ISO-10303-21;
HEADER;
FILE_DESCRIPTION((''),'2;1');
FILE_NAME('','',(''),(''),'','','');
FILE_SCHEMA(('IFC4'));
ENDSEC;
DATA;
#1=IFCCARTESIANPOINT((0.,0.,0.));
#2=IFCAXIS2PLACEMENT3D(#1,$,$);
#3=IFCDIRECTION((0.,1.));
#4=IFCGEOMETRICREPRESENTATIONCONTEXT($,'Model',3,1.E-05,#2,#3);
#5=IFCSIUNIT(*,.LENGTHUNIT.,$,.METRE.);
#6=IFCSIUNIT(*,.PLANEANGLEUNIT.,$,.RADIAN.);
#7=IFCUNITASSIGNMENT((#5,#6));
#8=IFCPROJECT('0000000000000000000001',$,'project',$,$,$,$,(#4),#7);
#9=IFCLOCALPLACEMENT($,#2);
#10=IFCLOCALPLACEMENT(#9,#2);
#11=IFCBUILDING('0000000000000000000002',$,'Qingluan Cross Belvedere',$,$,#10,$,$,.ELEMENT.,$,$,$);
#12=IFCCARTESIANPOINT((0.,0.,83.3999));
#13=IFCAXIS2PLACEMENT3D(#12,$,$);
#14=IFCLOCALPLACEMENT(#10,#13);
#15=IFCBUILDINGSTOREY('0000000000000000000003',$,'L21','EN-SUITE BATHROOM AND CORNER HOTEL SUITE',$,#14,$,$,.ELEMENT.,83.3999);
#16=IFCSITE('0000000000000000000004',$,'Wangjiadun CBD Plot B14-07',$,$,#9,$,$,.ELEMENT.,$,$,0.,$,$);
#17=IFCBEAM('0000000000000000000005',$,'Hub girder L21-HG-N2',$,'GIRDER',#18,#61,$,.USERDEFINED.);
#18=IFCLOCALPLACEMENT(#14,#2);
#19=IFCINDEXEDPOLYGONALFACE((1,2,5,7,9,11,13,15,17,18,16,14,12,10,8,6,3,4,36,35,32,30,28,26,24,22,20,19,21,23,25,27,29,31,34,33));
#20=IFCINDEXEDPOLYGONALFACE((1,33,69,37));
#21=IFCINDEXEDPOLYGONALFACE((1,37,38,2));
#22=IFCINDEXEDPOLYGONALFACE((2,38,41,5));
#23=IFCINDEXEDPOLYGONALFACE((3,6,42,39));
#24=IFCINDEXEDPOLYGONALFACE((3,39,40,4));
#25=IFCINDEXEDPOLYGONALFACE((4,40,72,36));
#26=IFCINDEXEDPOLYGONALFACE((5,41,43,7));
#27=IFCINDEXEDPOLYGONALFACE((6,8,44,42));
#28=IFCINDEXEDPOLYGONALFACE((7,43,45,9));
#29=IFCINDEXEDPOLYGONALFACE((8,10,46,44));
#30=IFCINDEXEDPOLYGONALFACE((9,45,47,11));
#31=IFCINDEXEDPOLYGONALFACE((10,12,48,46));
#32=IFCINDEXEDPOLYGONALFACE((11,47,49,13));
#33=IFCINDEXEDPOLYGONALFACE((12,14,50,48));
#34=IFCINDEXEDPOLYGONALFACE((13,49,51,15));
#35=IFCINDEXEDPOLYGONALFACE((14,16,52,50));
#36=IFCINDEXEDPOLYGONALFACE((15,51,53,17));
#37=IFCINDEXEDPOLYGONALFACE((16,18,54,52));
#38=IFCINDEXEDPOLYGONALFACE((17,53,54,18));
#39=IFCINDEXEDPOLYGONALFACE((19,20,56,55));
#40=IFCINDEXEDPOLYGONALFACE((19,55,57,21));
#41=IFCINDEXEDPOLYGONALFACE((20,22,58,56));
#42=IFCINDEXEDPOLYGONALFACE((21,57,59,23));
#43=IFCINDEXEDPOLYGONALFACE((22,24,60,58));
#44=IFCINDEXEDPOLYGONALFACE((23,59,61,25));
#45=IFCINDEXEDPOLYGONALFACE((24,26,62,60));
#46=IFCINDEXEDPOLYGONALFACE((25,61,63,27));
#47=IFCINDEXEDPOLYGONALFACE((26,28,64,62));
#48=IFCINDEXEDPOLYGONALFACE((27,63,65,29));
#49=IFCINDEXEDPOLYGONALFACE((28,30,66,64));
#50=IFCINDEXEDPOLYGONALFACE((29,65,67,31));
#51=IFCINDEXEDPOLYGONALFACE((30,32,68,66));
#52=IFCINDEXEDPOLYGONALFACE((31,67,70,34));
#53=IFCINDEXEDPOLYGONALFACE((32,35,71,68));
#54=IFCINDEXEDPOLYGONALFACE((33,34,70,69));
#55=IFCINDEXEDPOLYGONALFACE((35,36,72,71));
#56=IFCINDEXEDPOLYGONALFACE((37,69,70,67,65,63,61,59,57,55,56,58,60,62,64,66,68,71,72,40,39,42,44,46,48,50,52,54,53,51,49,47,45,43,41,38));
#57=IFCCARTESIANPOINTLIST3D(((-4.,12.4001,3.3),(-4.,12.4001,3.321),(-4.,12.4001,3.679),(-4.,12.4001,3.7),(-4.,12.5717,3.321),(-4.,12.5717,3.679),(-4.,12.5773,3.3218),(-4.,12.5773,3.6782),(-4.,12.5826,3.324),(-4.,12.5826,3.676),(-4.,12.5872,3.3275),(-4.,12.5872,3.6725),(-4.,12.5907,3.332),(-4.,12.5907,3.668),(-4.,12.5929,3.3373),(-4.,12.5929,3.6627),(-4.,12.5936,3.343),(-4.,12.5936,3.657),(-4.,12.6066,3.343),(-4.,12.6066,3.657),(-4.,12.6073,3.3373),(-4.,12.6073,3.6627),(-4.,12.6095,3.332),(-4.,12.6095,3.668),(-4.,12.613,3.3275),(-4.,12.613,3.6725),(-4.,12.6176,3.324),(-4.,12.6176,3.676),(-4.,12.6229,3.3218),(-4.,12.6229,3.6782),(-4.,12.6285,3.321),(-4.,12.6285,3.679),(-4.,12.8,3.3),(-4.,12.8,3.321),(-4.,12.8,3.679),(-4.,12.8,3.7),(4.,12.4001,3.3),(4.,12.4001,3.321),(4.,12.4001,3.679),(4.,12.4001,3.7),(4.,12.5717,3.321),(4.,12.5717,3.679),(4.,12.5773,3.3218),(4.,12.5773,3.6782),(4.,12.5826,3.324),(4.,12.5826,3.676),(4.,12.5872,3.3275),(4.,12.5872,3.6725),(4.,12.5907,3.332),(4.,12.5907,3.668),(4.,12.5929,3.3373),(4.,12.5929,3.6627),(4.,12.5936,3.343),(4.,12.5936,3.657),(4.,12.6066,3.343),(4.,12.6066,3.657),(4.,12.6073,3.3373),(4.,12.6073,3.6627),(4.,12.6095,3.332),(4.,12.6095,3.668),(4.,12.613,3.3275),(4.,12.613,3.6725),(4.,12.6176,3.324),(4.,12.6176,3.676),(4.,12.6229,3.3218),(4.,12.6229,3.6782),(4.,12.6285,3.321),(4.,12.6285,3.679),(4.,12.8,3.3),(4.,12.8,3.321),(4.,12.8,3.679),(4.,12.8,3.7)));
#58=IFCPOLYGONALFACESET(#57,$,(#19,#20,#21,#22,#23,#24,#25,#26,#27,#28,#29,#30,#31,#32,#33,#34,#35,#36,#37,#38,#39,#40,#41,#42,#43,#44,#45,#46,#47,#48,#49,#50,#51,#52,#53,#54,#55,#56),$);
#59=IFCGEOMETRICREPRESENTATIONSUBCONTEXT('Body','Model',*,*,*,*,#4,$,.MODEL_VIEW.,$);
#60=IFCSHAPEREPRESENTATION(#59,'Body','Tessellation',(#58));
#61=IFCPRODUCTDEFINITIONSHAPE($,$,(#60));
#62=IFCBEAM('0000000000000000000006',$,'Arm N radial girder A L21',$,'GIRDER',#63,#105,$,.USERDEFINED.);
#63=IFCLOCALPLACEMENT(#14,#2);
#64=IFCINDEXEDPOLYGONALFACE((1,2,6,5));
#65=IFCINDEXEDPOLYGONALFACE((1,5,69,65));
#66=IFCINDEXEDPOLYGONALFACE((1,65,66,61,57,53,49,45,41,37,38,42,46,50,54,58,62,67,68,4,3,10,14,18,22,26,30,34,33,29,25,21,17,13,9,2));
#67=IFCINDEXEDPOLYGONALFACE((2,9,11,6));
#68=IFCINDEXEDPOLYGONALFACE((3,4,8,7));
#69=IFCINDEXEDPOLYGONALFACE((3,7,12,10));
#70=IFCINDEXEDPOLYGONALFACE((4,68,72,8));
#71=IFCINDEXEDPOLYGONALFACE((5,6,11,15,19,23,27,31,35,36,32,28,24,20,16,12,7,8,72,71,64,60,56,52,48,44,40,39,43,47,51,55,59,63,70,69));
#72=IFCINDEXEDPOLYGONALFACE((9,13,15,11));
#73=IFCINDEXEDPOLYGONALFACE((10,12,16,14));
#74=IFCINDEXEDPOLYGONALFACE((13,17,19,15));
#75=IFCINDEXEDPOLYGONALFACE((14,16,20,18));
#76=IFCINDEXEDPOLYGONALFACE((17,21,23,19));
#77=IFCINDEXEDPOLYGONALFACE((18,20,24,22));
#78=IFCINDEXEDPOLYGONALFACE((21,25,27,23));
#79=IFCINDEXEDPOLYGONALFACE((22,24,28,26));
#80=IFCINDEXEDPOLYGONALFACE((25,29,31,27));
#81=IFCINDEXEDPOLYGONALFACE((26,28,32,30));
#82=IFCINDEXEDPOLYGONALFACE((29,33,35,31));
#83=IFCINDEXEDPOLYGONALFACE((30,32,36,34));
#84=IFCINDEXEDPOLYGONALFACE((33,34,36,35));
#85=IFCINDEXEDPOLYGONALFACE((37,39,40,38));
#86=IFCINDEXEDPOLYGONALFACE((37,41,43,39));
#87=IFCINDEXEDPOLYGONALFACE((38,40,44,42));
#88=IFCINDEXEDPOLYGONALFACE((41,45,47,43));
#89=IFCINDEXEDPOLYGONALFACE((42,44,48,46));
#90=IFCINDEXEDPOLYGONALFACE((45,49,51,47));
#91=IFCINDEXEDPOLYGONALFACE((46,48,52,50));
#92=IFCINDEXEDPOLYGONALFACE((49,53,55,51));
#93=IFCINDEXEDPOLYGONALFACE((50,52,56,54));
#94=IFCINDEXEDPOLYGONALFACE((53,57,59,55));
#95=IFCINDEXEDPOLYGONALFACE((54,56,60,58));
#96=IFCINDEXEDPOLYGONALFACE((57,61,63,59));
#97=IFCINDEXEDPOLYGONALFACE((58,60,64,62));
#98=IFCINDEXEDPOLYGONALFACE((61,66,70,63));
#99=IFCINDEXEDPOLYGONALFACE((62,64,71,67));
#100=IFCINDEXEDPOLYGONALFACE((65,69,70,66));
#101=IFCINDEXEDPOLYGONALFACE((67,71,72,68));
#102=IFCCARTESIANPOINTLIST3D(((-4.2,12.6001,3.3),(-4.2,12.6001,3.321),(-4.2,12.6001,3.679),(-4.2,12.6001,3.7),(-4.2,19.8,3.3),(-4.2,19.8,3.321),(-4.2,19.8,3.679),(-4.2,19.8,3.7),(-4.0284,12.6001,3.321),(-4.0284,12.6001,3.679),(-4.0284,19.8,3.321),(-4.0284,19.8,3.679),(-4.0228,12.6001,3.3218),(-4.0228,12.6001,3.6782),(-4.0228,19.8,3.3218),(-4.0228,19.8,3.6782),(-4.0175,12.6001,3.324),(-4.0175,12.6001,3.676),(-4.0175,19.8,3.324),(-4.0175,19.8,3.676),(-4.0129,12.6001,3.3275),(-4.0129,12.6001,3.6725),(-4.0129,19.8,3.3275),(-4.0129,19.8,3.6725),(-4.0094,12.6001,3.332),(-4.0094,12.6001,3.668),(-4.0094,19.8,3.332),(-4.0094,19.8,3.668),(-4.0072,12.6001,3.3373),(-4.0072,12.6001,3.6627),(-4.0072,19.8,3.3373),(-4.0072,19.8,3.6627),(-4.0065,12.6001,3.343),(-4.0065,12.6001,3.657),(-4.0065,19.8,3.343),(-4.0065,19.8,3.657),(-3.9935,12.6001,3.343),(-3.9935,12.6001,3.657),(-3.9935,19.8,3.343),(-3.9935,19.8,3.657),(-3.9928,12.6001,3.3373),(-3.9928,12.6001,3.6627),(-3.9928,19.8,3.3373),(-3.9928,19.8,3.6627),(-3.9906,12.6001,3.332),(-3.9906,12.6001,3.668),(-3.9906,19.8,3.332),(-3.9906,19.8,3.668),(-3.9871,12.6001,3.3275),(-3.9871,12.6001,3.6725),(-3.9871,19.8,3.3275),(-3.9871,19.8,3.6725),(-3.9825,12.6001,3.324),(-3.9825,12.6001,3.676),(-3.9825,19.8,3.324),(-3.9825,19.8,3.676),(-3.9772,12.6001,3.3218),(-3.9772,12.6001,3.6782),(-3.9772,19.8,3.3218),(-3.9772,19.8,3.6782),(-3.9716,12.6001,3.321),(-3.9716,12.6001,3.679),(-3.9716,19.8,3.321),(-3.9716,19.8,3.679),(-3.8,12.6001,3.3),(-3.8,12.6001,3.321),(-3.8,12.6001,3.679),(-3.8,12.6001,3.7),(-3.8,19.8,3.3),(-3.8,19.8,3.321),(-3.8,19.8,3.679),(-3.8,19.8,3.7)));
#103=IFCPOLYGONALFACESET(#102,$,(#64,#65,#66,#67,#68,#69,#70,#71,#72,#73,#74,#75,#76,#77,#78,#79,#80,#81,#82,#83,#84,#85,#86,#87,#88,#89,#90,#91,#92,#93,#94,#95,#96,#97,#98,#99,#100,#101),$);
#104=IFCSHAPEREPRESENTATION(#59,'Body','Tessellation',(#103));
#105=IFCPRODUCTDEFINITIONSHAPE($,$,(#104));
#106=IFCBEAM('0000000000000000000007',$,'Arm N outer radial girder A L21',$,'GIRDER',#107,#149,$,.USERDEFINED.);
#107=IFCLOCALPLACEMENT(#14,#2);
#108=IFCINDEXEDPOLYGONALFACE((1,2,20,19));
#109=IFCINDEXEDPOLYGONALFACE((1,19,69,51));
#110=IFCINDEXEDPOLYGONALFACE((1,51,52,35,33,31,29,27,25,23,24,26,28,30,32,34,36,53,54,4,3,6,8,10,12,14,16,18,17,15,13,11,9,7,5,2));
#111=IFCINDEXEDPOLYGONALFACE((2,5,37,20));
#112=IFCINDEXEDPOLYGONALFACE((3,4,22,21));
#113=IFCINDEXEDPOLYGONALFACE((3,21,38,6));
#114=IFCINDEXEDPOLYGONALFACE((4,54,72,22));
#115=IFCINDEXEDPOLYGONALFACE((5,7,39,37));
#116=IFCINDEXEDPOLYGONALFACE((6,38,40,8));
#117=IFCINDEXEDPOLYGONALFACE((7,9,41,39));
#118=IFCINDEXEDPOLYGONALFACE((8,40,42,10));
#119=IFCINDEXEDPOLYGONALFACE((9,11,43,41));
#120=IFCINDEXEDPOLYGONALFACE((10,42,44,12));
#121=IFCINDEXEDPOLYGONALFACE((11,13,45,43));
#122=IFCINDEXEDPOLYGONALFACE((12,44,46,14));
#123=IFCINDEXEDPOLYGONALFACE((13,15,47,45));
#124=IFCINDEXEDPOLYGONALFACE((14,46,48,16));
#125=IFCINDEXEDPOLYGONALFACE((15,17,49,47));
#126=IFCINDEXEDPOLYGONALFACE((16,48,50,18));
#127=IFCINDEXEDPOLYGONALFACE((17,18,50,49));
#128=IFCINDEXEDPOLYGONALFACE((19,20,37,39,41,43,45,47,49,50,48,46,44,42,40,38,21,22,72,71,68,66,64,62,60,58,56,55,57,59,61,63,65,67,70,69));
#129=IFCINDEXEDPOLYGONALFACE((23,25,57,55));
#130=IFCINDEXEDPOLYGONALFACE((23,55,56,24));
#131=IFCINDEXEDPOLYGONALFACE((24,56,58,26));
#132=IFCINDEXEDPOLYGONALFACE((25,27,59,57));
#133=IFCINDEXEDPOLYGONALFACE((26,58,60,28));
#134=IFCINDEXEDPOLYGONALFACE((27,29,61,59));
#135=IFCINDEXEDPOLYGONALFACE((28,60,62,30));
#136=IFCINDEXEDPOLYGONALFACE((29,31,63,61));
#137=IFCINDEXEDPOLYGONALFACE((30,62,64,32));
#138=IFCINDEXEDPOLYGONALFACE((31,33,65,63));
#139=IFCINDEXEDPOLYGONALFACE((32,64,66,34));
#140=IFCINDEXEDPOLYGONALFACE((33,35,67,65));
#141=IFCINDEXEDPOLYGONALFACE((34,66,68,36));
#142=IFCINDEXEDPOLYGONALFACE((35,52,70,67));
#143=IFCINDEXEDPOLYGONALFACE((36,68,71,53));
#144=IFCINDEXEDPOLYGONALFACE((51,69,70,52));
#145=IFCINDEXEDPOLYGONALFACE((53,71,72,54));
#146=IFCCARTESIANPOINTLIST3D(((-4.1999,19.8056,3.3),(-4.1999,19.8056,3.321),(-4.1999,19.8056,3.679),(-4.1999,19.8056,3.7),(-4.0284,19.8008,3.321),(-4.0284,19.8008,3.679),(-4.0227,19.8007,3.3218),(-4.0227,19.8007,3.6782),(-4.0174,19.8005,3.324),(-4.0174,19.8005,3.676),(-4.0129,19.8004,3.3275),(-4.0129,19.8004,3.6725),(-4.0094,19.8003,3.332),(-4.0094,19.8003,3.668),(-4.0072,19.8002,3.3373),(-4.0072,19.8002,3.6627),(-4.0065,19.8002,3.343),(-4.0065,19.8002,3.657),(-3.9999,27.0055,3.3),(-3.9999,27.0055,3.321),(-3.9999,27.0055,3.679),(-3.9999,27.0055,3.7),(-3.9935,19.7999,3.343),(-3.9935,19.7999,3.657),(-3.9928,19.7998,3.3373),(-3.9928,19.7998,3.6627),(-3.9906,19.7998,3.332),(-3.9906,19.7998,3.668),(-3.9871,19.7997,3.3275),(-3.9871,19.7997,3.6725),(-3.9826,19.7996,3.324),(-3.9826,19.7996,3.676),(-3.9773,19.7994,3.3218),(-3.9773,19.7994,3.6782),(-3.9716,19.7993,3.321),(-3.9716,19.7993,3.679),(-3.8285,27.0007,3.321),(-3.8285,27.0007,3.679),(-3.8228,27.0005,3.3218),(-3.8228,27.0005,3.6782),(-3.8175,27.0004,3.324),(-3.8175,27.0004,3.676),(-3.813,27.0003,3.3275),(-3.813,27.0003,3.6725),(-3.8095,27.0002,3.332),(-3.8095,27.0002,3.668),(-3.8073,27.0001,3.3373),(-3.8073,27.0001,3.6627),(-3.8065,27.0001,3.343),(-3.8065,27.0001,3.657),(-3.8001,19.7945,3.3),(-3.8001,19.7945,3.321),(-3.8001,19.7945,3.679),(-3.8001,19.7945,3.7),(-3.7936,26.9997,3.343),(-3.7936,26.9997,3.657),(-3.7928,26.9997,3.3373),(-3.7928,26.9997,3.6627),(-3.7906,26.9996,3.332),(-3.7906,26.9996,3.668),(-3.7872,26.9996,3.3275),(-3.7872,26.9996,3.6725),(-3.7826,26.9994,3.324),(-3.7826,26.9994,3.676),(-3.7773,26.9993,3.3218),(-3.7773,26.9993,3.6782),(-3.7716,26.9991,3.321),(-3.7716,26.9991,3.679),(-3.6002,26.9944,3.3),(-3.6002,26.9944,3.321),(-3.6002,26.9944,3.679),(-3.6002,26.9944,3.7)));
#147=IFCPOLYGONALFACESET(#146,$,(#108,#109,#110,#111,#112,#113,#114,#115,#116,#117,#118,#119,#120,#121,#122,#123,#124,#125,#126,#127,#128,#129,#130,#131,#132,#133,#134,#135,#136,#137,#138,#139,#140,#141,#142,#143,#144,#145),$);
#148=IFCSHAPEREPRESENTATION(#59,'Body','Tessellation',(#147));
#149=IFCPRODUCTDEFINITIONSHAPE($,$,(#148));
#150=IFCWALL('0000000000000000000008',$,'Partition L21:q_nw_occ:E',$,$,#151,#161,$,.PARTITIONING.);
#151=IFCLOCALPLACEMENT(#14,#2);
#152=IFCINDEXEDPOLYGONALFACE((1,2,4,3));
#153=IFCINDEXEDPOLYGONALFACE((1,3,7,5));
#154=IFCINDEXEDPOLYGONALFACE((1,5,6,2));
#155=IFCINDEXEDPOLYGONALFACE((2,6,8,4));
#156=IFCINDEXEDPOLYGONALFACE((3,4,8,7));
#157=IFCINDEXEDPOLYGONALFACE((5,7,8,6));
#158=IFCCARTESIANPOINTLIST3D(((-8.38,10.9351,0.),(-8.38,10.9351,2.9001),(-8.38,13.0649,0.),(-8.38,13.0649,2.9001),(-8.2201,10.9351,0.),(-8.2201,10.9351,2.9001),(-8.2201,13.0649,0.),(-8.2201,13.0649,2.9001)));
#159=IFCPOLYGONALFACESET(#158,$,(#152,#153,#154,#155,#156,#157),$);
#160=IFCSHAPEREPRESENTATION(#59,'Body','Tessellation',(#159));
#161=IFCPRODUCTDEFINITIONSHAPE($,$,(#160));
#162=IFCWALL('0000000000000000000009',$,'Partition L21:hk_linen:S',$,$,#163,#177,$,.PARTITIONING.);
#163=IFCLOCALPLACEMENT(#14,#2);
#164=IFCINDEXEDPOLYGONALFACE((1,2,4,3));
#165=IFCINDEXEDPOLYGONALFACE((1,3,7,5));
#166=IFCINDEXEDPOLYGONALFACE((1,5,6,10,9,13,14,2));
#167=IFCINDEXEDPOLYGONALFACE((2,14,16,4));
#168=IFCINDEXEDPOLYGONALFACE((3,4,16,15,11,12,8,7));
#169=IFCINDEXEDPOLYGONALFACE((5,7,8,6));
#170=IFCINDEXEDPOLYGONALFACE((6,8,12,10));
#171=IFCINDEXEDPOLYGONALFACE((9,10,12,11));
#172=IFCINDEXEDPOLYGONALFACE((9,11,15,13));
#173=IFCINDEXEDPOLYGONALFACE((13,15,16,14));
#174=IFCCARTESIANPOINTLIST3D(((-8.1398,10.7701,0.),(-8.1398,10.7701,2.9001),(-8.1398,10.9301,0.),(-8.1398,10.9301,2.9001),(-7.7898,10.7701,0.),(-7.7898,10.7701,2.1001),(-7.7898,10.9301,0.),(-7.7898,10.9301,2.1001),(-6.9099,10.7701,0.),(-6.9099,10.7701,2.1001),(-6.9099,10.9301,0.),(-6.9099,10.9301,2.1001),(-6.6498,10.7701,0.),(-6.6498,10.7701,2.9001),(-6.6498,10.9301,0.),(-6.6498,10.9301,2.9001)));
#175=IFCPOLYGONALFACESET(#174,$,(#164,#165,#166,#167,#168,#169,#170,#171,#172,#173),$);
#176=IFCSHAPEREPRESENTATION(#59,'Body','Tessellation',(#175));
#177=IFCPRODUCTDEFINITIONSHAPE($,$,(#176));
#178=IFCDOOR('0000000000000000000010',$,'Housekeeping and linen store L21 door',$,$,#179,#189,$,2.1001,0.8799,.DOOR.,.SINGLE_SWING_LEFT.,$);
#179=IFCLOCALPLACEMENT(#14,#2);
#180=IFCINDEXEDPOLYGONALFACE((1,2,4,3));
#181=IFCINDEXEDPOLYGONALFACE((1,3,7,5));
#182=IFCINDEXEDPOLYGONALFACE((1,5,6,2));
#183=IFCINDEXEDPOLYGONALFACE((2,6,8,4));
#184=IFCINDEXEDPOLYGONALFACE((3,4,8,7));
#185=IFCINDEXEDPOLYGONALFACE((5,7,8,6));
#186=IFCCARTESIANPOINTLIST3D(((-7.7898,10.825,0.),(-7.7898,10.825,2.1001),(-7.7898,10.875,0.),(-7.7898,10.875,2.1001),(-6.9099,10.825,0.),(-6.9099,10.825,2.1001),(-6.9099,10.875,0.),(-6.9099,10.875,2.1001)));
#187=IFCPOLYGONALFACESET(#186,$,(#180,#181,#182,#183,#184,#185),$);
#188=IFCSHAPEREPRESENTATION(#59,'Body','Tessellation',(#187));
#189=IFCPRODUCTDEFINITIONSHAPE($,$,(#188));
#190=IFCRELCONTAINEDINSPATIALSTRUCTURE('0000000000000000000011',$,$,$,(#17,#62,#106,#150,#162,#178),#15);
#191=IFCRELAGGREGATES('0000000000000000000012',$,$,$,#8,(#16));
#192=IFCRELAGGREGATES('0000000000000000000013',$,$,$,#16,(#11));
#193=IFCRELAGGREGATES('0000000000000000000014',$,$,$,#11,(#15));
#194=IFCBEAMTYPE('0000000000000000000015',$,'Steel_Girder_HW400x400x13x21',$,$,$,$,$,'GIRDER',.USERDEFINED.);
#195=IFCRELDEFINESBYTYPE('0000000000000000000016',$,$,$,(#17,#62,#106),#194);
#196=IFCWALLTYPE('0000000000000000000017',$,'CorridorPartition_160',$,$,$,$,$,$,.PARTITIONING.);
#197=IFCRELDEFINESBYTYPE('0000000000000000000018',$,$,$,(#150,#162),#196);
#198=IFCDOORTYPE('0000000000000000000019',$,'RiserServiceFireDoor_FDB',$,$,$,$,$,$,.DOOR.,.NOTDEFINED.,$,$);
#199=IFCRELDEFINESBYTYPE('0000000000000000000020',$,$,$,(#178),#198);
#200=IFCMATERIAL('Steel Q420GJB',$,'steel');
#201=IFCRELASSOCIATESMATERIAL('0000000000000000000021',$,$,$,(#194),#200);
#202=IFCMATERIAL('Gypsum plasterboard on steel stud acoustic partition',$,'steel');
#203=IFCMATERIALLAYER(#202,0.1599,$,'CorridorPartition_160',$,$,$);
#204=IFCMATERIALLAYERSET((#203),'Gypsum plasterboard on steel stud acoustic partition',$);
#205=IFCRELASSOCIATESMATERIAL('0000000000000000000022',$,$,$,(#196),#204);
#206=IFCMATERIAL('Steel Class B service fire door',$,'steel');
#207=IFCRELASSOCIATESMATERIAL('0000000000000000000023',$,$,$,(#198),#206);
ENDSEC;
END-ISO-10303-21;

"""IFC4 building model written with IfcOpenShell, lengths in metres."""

from ifc_helpers import new_model, si_unit, direction, frame, frame_2d, origin, origin_2d, place, context, subcontext, project, spatial, rectangle, i_section, extrude, material, layer, layer_set, material_profile, profile_set, type_object, element, fill, save


model = new_model("IFC4")

# Units and contexts
model_context = context("Model", 3, precision=1e-05, world=origin(), true_north=direction((0.0, 1.0)))
body_context = subcontext(model_context, "Body", "Model", "MODEL_VIEW")
ifc_project = project(units=[si_unit("LENGTHUNIT", "METRE"), si_unit("PLANEANGLEUNIT", "RADIAN")], contexts=[model_context])

# Site, building, storey
site_placement = place(None, origin())
site = spatial("IfcSite", under=ifc_project, at=site_placement, Name="Wangjiadun CBD Plot B14-07", CompositionType="ELEMENT", RefElevation=0.0)
building_placement = place(site_placement, origin())
building = spatial("IfcBuilding", under=site, at=building_placement, Name="Qingluan Cross Belvedere", CompositionType="ELEMENT")
storey_placement = place(building_placement, frame((0.0, 0.0, 83.3999)))
storey = spatial("IfcBuildingStorey", under=building, at=storey_placement, Name="L21", Description="EN-SUITE BATHROOM AND CORNER HOTEL SUITE", CompositionType="ELEMENT", Elevation=83.3999)

# Beams
ifc_material_1 = material(Name="Steel Q420GJB", Category="steel")
ifc_material_profile_1 = material_profile(ifc_material_1, i_section(OverallWidth=0.3999, OverallDepth=0.3999, WebThickness=0.0129, FlangeThickness=0.021, FilletRadius=0.022, at=origin_2d()), Name="HW400x400x13x21")
ifc_profile_set_1 = profile_set([ifc_material_profile_1], Name="Steel Q420GJB")
beam_type_1 = type_object("IfcBeamType", Name="Steel_Girder_HW400x400x13x21", ElementType="GIRDER", PredefinedType="USERDEFINED", material=ifc_profile_set_1)
beam_1_placement = place(storey_placement, frame((-4.0, 12.6001, 3.5), z_axis=(1.0, 0.0, 0.0), x_axis=(0.0, 1.0, 0.0)))
element("IfcBeam", 1, at=beam_1_placement, inside=storey, type_object=beam_type_1, Name="Hub girder L21-HG-N2", ObjectType="GIRDER", PredefinedType="USERDEFINED", context=body_context, shape_type="SweptSolid", body=[
    extrude(i_section(OverallWidth=0.3999, OverallDepth=0.3999, WebThickness=0.0129, FlangeThickness=0.021, FilletRadius=0.022, at=origin_2d()), origin(), (0.0, 0.0, 1.0), 8.0),
])
beam_2_placement = place(storey_placement, frame((-4.0, 12.6001, 3.5), z_axis=(0.0, 1.0, 0.0), x_axis=(-1.0, 0.0, 0.0)))
element("IfcBeam", 2, at=beam_2_placement, inside=storey, type_object=beam_type_1, Name="Arm N radial girder A L21", ObjectType="GIRDER", PredefinedType="USERDEFINED", context=body_context, shape_type="SweptSolid", body=[
    extrude(i_section(OverallWidth=0.3999, OverallDepth=0.3999, WebThickness=0.0129, FlangeThickness=0.021, FilletRadius=0.022, at=origin_2d()), origin(), (0.0, 0.0, 1.0), 7.2),
])
beam_3_placement = place(storey_placement, frame((-4.0, 19.8, 3.5), z_axis=(0.02776, 0.999615, 0.0), x_axis=(-0.999615, 0.02776, 0.0)))
element("IfcBeam", 3, at=beam_3_placement, inside=storey, type_object=beam_type_1, Name="Arm N outer radial girder A L21", ObjectType="GIRDER", PredefinedType="USERDEFINED", context=body_context, shape_type="SweptSolid", body=[
    extrude(i_section(OverallWidth=0.3999, OverallDepth=0.3999, WebThickness=0.0129, FlangeThickness=0.021, FilletRadius=0.022, at=origin_2d()), origin(), (0.0, 0.0, 1.0), 7.2026),
])

# Wall
ifc_material_2 = material(Name="Gypsum plasterboard on steel stud acoustic partition", Category="steel")
ifc_layer_1 = layer(ifc_material_2, 0.1599, Name="CorridorPartition_160")
ifc_layer_set_1 = layer_set([ifc_layer_1], Name="Gypsum plasterboard on steel stud acoustic partition")
wall_type_1 = type_object("IfcWallType", Name="CorridorPartition_160", PredefinedType="PARTITIONING", material=ifc_layer_set_1)
wall_1_placement = place(storey_placement, frame((-8.3, 10.9351, 0.0), z_axis=(0.0, 0.0, 1.0), x_axis=(0.0, 1.0, 0.0)))
element("IfcWall", 4, at=wall_1_placement, inside=storey, type_object=wall_type_1, Name="Partition L21:q_nw_occ:E", PredefinedType="PARTITIONING", context=body_context, shape_type="SweptSolid", body=[
    extrude(rectangle(XDim=2.1299, YDim=0.1599, at=frame_2d((1.0649, 0.0))), origin(), (0.0, 0.0, 1.0), 2.9001),
])

# Wall, opening, door
wall_2_placement = place(storey_placement, frame((-8.1399, 10.8501, 0.0), z_axis=(0.0, 0.0, 1.0), x_axis=(1.0, 0.0, 0.0)))
wall_2 = element("IfcWall", 5, at=wall_2_placement, inside=storey, type_object=wall_type_1, Name="Partition L21:hk_linen:S", PredefinedType="PARTITIONING", context=body_context, shape_type="SweptSolid", body=[
    extrude(rectangle(XDim=1.49, YDim=0.1599, at=frame_2d((0.7451, 0.0))), origin(), (0.0, 0.0, 1.0), 2.9001),
])
opening_1_placement = place(wall_2_placement, frame((0.3501, 0.0, 0.0)))
opening_1 = element("IfcOpeningElement", 6, at=opening_1_placement, cuts=wall_2, PredefinedType="OPENING", context=body_context, shape_type="SweptSolid", body=[
    extrude(rectangle(XDim=0.8799, YDim=2.1001, at=frame_2d((0.4399, 1.05))), frame((0.0, 0.0898, 0.0), z_axis=(0.0, -1.0, 0.0), x_axis=(1.0, 0.0, 0.0)), (0.0, 0.0, 1.0), 0.1799),
])
ifc_material_3 = material(Name="Steel Class B service fire door", Category="steel")
door_type_1 = type_object("IfcDoorType", Name="RiserServiceFireDoor_FDB", OperationType="NOTDEFINED", PredefinedType="DOOR", material=ifc_material_3)
door_1_placement = place(opening_1_placement, origin())
door_1 = element("IfcDoor", 7, at=door_1_placement, inside=storey, type_object=door_type_1, Name="Housekeeping and linen store L21 door", OperationType="SINGLE_SWING_LEFT", OverallHeight=2.1001, OverallWidth=0.8799, PredefinedType="DOOR", context=body_context, shape_type="SweptSolid", body=[
    extrude(rectangle(XDim=0.8799, YDim=2.1001, at=frame_2d((0.4399, 1.05))), frame((0.0, 0.0249, 0.0), z_axis=(0.0, -1.0, 0.0), x_axis=(1.0, 0.0, 0.0)), (0.0, 0.0, 1.0), 0.05),
])
fill(opening_1, door_1)

save(model, "model.ifc")
